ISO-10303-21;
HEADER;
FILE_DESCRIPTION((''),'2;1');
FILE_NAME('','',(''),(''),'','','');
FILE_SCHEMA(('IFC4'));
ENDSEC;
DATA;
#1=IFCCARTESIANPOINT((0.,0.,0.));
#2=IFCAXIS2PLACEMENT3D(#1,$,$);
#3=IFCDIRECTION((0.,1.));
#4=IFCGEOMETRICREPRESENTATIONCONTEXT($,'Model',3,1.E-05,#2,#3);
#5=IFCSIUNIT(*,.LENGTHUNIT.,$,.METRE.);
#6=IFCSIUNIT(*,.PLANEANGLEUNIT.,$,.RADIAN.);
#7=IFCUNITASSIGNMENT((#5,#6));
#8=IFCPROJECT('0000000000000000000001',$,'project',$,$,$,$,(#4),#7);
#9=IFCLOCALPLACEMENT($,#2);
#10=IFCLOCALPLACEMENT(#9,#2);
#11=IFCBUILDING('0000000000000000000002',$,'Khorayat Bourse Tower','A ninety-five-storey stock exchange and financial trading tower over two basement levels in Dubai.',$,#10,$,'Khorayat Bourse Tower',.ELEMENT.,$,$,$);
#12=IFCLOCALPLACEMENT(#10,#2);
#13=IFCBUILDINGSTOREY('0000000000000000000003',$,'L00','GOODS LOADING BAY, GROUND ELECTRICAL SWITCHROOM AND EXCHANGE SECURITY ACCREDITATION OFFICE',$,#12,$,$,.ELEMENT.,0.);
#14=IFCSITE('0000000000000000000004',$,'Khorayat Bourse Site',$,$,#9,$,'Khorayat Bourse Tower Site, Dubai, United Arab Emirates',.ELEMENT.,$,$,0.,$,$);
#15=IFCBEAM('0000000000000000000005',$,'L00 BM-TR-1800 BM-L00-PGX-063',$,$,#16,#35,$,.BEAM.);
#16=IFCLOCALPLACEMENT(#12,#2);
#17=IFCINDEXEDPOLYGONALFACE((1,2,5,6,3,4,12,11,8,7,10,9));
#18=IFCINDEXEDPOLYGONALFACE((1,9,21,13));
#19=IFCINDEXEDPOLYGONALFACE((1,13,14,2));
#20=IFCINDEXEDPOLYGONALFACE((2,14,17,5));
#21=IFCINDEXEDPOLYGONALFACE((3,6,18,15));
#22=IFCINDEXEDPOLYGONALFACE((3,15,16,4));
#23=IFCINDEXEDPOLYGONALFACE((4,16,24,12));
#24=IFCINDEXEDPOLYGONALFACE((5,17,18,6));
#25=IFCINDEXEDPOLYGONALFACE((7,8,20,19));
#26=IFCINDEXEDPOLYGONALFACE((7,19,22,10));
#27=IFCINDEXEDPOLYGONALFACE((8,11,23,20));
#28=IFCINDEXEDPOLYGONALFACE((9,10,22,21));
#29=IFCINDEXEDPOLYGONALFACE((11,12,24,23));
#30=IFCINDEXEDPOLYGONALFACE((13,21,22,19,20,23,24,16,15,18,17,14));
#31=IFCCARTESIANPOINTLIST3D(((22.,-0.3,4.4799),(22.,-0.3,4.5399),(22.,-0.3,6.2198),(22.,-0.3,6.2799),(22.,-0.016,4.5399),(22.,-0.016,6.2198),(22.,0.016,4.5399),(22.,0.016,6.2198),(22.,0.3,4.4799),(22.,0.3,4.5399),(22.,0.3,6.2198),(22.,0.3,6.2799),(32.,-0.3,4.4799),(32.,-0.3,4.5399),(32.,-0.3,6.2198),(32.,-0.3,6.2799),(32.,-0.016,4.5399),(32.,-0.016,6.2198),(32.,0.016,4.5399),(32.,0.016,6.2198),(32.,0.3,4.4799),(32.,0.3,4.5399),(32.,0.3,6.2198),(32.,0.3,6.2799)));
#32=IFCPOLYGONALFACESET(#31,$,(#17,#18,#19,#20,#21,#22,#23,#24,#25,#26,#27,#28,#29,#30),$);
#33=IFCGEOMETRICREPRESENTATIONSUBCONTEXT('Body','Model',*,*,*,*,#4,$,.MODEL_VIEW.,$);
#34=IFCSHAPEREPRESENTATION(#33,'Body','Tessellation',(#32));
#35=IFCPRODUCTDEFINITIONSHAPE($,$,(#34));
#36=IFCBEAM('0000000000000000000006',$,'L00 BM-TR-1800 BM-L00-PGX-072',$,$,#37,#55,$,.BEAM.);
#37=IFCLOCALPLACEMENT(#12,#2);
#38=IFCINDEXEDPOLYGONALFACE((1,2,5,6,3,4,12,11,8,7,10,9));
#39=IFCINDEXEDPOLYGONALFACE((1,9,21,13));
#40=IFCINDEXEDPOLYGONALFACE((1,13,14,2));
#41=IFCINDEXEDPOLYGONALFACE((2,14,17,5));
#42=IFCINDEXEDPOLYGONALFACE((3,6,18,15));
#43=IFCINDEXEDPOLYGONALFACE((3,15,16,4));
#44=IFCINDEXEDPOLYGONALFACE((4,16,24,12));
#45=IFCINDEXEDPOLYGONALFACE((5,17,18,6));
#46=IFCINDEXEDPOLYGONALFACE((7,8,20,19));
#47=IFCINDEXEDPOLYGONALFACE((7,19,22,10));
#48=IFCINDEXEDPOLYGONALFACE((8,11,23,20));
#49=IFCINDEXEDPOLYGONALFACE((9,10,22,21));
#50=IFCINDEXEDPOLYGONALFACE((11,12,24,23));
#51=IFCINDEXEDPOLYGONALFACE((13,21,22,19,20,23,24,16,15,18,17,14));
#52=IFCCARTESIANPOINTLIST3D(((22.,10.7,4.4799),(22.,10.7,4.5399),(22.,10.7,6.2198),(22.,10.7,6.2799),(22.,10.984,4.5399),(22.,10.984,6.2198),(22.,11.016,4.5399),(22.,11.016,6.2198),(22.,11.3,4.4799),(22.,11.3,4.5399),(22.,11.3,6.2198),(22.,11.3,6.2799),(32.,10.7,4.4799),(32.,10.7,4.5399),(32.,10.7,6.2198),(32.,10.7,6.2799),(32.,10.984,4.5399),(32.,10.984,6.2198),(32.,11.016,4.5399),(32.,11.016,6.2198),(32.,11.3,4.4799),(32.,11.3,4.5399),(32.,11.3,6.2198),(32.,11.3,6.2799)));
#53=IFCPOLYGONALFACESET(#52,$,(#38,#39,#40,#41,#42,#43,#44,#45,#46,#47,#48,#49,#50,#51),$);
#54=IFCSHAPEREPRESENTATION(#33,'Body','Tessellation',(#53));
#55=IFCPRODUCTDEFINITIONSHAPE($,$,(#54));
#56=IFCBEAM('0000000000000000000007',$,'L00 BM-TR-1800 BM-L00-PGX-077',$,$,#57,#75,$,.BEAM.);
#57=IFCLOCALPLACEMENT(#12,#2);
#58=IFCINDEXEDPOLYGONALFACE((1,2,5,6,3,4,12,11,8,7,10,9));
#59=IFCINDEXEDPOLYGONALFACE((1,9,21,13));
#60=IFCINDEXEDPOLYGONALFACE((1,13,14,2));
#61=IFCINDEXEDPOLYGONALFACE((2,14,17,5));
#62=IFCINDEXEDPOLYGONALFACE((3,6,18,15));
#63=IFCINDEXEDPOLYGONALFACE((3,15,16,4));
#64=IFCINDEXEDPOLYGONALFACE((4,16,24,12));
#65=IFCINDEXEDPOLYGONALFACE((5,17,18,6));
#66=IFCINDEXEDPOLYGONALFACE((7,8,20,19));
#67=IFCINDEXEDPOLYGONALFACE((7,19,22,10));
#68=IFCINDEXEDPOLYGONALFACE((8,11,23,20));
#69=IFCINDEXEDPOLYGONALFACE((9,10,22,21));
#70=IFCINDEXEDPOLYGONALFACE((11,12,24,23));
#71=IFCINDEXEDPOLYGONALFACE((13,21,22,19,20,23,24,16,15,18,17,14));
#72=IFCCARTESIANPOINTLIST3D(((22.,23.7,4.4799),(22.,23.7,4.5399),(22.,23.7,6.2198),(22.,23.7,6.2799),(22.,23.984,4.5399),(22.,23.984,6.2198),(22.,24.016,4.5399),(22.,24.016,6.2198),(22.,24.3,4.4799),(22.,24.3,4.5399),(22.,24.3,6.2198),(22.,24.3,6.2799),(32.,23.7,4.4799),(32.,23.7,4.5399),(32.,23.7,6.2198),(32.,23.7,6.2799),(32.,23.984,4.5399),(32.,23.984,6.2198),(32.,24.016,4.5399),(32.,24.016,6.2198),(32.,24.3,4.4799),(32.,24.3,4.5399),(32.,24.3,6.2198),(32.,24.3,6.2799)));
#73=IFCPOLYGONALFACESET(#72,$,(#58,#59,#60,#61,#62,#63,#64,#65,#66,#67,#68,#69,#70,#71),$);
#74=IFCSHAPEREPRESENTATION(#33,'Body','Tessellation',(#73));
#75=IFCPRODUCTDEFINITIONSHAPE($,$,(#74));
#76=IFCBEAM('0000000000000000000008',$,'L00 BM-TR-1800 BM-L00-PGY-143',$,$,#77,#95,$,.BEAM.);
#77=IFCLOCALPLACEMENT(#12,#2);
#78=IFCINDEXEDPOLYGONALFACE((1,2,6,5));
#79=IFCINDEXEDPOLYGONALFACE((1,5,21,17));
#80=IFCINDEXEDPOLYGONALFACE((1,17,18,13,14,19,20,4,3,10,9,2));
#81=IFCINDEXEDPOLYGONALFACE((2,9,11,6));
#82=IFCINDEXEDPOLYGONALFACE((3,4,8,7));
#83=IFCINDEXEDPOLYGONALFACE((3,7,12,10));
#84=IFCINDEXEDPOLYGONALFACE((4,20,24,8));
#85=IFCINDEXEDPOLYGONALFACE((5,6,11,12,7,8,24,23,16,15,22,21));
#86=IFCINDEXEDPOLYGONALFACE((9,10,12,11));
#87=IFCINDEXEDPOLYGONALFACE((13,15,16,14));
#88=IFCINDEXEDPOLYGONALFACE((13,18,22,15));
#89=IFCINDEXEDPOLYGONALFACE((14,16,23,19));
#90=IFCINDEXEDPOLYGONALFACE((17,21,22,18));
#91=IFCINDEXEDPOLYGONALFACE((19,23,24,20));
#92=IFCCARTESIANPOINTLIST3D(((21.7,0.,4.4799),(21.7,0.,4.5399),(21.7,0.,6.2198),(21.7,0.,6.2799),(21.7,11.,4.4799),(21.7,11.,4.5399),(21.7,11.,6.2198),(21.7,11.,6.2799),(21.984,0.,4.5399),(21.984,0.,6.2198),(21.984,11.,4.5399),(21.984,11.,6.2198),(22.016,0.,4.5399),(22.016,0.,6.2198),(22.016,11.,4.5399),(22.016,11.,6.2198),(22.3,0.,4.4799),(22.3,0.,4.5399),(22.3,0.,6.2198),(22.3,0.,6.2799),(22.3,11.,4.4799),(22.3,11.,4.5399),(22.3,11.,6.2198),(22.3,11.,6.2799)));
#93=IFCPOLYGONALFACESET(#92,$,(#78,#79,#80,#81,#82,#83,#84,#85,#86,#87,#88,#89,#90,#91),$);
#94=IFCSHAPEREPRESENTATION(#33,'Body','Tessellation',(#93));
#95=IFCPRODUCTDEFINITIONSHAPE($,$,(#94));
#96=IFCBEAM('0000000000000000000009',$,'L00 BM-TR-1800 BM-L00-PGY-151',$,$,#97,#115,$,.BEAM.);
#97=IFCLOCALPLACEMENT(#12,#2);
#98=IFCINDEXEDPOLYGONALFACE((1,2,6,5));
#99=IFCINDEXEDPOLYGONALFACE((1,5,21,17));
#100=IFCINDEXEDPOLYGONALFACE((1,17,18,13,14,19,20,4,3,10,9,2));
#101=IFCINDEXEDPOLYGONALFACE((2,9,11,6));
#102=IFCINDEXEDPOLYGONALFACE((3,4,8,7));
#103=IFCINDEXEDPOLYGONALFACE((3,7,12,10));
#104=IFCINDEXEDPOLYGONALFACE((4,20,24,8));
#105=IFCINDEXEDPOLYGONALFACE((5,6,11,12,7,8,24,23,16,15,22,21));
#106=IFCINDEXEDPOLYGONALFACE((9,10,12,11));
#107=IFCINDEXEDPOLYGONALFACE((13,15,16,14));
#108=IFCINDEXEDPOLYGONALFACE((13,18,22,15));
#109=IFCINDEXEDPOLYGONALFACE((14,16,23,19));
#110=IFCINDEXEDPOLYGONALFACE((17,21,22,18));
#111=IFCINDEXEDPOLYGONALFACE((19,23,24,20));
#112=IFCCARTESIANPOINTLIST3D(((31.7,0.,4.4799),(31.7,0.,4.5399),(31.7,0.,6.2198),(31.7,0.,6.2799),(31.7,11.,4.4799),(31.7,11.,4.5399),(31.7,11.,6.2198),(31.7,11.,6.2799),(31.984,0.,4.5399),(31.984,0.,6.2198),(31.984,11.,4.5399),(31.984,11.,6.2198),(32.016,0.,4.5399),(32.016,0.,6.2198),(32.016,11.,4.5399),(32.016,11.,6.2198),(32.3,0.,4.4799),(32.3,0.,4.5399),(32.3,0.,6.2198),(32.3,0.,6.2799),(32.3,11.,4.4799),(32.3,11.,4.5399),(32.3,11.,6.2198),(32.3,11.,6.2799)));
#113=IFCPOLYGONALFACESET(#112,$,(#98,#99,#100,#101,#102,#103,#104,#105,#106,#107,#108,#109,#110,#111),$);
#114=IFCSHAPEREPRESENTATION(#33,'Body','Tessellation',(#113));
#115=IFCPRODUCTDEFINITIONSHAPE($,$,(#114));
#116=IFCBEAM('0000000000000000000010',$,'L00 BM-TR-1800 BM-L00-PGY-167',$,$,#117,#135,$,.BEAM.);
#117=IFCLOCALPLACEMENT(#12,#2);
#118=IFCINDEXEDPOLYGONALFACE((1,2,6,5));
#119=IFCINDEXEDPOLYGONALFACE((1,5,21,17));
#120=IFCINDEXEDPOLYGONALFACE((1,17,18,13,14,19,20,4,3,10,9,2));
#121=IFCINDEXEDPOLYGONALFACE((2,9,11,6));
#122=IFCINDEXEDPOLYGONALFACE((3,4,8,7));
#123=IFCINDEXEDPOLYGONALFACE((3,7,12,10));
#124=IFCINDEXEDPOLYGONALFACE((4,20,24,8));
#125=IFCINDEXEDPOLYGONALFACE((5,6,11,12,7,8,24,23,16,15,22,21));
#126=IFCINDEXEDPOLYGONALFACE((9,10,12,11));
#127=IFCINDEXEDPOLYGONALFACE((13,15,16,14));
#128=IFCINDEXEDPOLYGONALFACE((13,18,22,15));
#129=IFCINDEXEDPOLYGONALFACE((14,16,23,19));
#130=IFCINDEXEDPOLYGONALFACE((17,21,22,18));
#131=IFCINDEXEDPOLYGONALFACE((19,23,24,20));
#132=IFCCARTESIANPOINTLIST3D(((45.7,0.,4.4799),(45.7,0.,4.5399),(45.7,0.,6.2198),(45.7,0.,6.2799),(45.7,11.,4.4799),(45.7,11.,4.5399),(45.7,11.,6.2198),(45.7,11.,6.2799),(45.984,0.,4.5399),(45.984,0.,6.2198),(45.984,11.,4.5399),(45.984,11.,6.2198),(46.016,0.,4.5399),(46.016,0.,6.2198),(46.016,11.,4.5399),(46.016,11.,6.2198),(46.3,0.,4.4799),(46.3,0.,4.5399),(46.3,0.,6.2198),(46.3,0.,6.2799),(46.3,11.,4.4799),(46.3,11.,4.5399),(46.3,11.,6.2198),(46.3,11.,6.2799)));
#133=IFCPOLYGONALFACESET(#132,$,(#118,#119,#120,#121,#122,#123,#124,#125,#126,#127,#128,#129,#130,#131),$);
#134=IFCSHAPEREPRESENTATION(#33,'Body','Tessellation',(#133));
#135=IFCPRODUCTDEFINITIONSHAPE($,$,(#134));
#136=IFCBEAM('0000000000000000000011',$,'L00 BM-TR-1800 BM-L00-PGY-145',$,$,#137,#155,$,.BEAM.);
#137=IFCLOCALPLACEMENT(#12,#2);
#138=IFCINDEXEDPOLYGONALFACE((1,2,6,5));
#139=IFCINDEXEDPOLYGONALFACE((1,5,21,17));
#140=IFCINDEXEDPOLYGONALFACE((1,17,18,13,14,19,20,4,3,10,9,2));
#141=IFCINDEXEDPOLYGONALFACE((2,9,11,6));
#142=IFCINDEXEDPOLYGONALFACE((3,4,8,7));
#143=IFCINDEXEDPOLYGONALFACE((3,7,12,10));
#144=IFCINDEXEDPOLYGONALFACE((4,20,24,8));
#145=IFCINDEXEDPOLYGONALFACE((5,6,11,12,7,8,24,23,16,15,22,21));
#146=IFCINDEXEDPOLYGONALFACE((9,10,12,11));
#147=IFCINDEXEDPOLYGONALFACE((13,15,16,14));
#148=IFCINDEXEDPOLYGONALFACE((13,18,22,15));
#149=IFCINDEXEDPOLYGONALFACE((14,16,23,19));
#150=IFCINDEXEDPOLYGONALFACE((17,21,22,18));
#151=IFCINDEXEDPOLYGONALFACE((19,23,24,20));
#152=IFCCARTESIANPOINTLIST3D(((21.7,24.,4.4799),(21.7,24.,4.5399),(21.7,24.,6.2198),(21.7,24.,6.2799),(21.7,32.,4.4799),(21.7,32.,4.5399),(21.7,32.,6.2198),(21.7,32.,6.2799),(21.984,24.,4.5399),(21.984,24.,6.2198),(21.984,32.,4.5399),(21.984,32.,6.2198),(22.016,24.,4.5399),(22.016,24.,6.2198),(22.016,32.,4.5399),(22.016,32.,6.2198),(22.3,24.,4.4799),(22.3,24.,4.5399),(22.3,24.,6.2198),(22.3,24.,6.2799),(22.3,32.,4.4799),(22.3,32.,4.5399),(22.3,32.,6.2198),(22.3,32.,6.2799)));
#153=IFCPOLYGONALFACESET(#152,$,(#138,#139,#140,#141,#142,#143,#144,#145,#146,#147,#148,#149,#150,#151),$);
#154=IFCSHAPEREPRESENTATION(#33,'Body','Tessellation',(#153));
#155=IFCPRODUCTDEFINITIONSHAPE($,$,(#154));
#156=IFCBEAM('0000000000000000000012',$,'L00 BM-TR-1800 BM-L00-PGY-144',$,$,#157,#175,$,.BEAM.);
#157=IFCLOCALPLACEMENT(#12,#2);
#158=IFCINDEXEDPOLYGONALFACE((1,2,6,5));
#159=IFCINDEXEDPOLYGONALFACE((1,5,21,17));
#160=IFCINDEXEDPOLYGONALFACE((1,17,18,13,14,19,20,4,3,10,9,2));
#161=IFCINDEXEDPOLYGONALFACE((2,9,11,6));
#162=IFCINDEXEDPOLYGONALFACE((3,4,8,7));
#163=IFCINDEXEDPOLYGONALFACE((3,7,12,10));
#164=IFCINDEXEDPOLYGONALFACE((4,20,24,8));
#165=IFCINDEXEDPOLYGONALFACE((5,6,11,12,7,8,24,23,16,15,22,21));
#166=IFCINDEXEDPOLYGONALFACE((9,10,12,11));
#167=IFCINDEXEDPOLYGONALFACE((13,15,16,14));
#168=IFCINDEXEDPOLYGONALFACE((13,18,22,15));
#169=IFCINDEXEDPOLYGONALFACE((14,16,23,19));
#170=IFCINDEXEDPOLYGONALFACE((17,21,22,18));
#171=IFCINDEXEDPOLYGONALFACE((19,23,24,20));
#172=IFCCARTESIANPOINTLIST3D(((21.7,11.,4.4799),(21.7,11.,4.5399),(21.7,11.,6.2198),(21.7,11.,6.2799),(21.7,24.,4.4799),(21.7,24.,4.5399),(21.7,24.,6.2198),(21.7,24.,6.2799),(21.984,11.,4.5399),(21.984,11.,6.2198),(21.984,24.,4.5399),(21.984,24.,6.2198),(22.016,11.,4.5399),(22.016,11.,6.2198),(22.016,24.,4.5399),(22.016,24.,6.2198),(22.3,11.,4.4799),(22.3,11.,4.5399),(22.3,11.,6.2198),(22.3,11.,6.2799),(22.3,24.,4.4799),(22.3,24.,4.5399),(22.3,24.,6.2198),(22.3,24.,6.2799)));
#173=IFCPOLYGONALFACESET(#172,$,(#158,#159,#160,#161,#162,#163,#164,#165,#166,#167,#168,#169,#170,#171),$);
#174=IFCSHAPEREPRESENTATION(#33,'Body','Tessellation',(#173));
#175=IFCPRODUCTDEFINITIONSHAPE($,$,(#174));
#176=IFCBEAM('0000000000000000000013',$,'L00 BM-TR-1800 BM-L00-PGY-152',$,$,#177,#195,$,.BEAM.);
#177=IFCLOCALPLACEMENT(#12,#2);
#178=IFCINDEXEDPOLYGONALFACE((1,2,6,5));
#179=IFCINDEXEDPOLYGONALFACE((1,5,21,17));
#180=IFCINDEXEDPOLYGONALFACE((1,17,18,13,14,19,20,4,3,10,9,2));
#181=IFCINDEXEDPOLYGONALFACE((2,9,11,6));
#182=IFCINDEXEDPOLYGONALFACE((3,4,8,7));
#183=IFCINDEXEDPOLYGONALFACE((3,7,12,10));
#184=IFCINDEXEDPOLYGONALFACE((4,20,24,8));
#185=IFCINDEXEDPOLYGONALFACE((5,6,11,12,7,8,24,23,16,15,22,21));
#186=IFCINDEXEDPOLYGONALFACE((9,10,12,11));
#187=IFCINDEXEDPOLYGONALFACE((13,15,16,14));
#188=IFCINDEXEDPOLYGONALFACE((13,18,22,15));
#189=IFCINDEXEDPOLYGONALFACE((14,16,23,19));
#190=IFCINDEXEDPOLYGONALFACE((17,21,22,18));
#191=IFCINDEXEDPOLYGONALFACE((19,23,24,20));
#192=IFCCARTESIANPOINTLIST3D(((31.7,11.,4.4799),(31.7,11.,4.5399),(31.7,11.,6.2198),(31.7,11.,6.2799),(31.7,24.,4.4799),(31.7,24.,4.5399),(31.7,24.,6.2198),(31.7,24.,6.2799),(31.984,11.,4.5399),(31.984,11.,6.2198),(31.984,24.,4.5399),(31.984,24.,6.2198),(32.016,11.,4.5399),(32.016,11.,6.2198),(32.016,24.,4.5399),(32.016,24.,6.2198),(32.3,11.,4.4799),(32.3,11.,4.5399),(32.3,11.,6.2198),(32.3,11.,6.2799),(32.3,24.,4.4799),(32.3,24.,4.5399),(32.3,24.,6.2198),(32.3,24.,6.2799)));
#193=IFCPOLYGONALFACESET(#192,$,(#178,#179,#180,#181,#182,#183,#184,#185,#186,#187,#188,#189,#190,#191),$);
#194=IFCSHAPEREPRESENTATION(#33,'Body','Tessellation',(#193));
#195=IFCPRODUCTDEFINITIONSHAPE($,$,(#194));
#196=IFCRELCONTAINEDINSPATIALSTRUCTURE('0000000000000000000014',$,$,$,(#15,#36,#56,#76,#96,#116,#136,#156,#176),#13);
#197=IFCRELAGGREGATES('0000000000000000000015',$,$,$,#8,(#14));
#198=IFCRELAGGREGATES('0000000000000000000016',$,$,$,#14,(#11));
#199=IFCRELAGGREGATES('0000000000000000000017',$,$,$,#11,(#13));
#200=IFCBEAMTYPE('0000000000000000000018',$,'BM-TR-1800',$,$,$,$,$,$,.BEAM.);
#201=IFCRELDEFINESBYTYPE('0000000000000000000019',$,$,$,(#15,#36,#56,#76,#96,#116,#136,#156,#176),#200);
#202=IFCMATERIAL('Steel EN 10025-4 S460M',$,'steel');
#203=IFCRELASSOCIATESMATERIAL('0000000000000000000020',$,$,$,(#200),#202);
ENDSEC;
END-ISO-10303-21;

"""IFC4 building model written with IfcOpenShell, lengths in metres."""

from ifc_helpers import new_model, si_unit, direction, frame, origin, origin_2d, place, context, subcontext, project, spatial, i_section, extrude, source, transform, mapped, material, material_profile, profile_set, type_object, element, save


model = new_model("IFC4")

# Units and contexts
model_context = context("Model", 3, precision=1e-05, world=origin(), true_north=direction((0.0, 1.0)))
body_context = subcontext(model_context, "Body", "Model", "MODEL_VIEW")
ifc_project = project(units=[si_unit("LENGTHUNIT", "METRE"), si_unit("PLANEANGLEUNIT", "RADIAN")], contexts=[model_context])

# Site, building, storey
site_placement = place(None, origin())
site = spatial("IfcSite", under=ifc_project, at=site_placement, Name="Khorayat Bourse Site", LongName="Khorayat Bourse Tower Site, Dubai, United Arab Emirates", CompositionType="ELEMENT", RefElevation=0.0)
building_placement = place(site_placement, origin())
building = spatial("IfcBuilding", under=site, at=building_placement, Name="Khorayat Bourse Tower", Description="A ninety-five-storey stock exchange and financial trading tower over two basement levels in Dubai.", LongName="Khorayat Bourse Tower", CompositionType="ELEMENT")
storey_placement = place(building_placement, origin())
storey = spatial("IfcBuildingStorey", under=building, at=storey_placement, Name="L00", Description="GOODS LOADING BAY, GROUND ELECTRICAL SWITCHROOM AND EXCHANGE SECURITY ACCREDITATION OFFICE", CompositionType="ELEMENT", Elevation=0.0)

# Beams
ifc_material_1 = material(Name="Steel EN 10025-4 S460M", Category="steel")
ifc_material_profile_1 = material_profile(ifc_material_1, i_section(OverallWidth=0.6001, OverallDepth=1.8, WebThickness=0.032, FlangeThickness=0.0601, at=origin_2d()), Name="PG 1800x600x32x60")
ifc_profile_set_1 = profile_set([ifc_material_profile_1], Name="Steel EN 10025-4 S460M")
beam_type_1 = type_object("IfcBeamType", Name="BM-TR-1800", PredefinedType="BEAM", material=ifc_profile_set_1)
shared_shape_1 = source(origin(), body_context, "Body", "SweptSolid", [
    extrude(i_section(OverallWidth=0.6001, OverallDepth=1.8, WebThickness=0.032, FlangeThickness=0.0601, at=origin_2d()), origin(), (0.0, 0.0, 1.0), 10.0),
])
for number, where, z_axis, x_axis, name in (
    (1, (22.0, 0.0, 5.3799), (1.0, 0.0, 0.0), (0.0, 1.0, 0.0), "L00 BM-TR-1800 BM-L00-PGX-063"),
    (2, (22.0, 11.0, 5.3799), (1.0, 0.0, 0.0), (0.0, 1.0, 0.0), "L00 BM-TR-1800 BM-L00-PGX-072"),
    (3, (22.0, 24.0, 5.3799), (1.0, 0.0, 0.0), (0.0, 1.0, 0.0), "L00 BM-TR-1800 BM-L00-PGX-077"),
):
    element("IfcBeam", number, at=place(storey_placement, frame(where, z_axis=z_axis, x_axis=x_axis)), inside=storey, type_object=beam_type_1, Name=name, PredefinedType="BEAM", context=body_context, shape_type="MappedRepresentation", body=[
        mapped(shared_shape_1, transform((0.0, 0.0, 0.0), scale=1.0)),
    ])
shared_shape_2 = source(origin(), body_context, "Body", "SweptSolid", [
    extrude(i_section(OverallWidth=0.6001, OverallDepth=1.8, WebThickness=0.032, FlangeThickness=0.0601, at=origin_2d()), origin(), (0.0, 0.0, 1.0), 11.0),
])
for number, where, z_axis, x_axis, name in (
    (4, (22.0, 0.0, 5.3799), (0.0, 1.0, 0.0), (-1.0, 0.0, 0.0), "L00 BM-TR-1800 BM-L00-PGY-143"),
    (5, (32.0, 0.0, 5.3799), (0.0, 1.0, 0.0), (-1.0, 0.0, 0.0), "L00 BM-TR-1800 BM-L00-PGY-151"),
    (6, (46.0, 0.0, 5.3799), (0.0, 1.0, 0.0), (-1.0, 0.0, 0.0), "L00 BM-TR-1800 BM-L00-PGY-167"),
):
    element("IfcBeam", number, at=place(storey_placement, frame(where, z_axis=z_axis, x_axis=x_axis)), inside=storey, type_object=beam_type_1, Name=name, PredefinedType="BEAM", context=body_context, shape_type="MappedRepresentation", body=[
        mapped(shared_shape_2, transform((0.0, 0.0, 0.0), scale=1.0)),
    ])
shared_shape_3 = source(origin(), body_context, "Body", "SweptSolid", [
    extrude(i_section(OverallWidth=0.6001, OverallDepth=1.8, WebThickness=0.032, FlangeThickness=0.0601, at=origin_2d()), origin(), (0.0, 0.0, 1.0), 8.0),
])
beam_1_placement = place(storey_placement, frame((22.0, 24.0, 5.3799), z_axis=(0.0, 1.0, 0.0), x_axis=(-1.0, 0.0, 0.0)))
element("IfcBeam", 7, at=beam_1_placement, inside=storey, type_object=beam_type_1, Name="L00 BM-TR-1800 BM-L00-PGY-145", PredefinedType="BEAM", context=body_context, shape_type="MappedRepresentation", body=[
    mapped(shared_shape_3, transform((0.0, 0.0, 0.0), scale=1.0)),
])
shared_shape_4 = source(origin(), body_context, "Body", "SweptSolid", [
    extrude(i_section(OverallWidth=0.6001, OverallDepth=1.8, WebThickness=0.032, FlangeThickness=0.0601, at=origin_2d()), origin(), (0.0, 0.0, 1.0), 13.0),
])
for number, where, z_axis, x_axis, name in (
    (8, (22.0, 11.0, 5.3799), (0.0, 1.0, 0.0), (-1.0, 0.0, 0.0), "L00 BM-TR-1800 BM-L00-PGY-144"),
    (9, (32.0, 11.0, 5.3799), (0.0, 1.0, 0.0), (-1.0, 0.0, 0.0), "L00 BM-TR-1800 BM-L00-PGY-152"),
):
    element("IfcBeam", number, at=place(storey_placement, frame(where, z_axis=z_axis, x_axis=x_axis)), inside=storey, type_object=beam_type_1, Name=name, PredefinedType="BEAM", context=body_context, shape_type="MappedRepresentation", body=[
        mapped(shared_shape_4, transform((0.0, 0.0, 0.0), scale=1.0)),
    ])

save(model, "model.ifc")
